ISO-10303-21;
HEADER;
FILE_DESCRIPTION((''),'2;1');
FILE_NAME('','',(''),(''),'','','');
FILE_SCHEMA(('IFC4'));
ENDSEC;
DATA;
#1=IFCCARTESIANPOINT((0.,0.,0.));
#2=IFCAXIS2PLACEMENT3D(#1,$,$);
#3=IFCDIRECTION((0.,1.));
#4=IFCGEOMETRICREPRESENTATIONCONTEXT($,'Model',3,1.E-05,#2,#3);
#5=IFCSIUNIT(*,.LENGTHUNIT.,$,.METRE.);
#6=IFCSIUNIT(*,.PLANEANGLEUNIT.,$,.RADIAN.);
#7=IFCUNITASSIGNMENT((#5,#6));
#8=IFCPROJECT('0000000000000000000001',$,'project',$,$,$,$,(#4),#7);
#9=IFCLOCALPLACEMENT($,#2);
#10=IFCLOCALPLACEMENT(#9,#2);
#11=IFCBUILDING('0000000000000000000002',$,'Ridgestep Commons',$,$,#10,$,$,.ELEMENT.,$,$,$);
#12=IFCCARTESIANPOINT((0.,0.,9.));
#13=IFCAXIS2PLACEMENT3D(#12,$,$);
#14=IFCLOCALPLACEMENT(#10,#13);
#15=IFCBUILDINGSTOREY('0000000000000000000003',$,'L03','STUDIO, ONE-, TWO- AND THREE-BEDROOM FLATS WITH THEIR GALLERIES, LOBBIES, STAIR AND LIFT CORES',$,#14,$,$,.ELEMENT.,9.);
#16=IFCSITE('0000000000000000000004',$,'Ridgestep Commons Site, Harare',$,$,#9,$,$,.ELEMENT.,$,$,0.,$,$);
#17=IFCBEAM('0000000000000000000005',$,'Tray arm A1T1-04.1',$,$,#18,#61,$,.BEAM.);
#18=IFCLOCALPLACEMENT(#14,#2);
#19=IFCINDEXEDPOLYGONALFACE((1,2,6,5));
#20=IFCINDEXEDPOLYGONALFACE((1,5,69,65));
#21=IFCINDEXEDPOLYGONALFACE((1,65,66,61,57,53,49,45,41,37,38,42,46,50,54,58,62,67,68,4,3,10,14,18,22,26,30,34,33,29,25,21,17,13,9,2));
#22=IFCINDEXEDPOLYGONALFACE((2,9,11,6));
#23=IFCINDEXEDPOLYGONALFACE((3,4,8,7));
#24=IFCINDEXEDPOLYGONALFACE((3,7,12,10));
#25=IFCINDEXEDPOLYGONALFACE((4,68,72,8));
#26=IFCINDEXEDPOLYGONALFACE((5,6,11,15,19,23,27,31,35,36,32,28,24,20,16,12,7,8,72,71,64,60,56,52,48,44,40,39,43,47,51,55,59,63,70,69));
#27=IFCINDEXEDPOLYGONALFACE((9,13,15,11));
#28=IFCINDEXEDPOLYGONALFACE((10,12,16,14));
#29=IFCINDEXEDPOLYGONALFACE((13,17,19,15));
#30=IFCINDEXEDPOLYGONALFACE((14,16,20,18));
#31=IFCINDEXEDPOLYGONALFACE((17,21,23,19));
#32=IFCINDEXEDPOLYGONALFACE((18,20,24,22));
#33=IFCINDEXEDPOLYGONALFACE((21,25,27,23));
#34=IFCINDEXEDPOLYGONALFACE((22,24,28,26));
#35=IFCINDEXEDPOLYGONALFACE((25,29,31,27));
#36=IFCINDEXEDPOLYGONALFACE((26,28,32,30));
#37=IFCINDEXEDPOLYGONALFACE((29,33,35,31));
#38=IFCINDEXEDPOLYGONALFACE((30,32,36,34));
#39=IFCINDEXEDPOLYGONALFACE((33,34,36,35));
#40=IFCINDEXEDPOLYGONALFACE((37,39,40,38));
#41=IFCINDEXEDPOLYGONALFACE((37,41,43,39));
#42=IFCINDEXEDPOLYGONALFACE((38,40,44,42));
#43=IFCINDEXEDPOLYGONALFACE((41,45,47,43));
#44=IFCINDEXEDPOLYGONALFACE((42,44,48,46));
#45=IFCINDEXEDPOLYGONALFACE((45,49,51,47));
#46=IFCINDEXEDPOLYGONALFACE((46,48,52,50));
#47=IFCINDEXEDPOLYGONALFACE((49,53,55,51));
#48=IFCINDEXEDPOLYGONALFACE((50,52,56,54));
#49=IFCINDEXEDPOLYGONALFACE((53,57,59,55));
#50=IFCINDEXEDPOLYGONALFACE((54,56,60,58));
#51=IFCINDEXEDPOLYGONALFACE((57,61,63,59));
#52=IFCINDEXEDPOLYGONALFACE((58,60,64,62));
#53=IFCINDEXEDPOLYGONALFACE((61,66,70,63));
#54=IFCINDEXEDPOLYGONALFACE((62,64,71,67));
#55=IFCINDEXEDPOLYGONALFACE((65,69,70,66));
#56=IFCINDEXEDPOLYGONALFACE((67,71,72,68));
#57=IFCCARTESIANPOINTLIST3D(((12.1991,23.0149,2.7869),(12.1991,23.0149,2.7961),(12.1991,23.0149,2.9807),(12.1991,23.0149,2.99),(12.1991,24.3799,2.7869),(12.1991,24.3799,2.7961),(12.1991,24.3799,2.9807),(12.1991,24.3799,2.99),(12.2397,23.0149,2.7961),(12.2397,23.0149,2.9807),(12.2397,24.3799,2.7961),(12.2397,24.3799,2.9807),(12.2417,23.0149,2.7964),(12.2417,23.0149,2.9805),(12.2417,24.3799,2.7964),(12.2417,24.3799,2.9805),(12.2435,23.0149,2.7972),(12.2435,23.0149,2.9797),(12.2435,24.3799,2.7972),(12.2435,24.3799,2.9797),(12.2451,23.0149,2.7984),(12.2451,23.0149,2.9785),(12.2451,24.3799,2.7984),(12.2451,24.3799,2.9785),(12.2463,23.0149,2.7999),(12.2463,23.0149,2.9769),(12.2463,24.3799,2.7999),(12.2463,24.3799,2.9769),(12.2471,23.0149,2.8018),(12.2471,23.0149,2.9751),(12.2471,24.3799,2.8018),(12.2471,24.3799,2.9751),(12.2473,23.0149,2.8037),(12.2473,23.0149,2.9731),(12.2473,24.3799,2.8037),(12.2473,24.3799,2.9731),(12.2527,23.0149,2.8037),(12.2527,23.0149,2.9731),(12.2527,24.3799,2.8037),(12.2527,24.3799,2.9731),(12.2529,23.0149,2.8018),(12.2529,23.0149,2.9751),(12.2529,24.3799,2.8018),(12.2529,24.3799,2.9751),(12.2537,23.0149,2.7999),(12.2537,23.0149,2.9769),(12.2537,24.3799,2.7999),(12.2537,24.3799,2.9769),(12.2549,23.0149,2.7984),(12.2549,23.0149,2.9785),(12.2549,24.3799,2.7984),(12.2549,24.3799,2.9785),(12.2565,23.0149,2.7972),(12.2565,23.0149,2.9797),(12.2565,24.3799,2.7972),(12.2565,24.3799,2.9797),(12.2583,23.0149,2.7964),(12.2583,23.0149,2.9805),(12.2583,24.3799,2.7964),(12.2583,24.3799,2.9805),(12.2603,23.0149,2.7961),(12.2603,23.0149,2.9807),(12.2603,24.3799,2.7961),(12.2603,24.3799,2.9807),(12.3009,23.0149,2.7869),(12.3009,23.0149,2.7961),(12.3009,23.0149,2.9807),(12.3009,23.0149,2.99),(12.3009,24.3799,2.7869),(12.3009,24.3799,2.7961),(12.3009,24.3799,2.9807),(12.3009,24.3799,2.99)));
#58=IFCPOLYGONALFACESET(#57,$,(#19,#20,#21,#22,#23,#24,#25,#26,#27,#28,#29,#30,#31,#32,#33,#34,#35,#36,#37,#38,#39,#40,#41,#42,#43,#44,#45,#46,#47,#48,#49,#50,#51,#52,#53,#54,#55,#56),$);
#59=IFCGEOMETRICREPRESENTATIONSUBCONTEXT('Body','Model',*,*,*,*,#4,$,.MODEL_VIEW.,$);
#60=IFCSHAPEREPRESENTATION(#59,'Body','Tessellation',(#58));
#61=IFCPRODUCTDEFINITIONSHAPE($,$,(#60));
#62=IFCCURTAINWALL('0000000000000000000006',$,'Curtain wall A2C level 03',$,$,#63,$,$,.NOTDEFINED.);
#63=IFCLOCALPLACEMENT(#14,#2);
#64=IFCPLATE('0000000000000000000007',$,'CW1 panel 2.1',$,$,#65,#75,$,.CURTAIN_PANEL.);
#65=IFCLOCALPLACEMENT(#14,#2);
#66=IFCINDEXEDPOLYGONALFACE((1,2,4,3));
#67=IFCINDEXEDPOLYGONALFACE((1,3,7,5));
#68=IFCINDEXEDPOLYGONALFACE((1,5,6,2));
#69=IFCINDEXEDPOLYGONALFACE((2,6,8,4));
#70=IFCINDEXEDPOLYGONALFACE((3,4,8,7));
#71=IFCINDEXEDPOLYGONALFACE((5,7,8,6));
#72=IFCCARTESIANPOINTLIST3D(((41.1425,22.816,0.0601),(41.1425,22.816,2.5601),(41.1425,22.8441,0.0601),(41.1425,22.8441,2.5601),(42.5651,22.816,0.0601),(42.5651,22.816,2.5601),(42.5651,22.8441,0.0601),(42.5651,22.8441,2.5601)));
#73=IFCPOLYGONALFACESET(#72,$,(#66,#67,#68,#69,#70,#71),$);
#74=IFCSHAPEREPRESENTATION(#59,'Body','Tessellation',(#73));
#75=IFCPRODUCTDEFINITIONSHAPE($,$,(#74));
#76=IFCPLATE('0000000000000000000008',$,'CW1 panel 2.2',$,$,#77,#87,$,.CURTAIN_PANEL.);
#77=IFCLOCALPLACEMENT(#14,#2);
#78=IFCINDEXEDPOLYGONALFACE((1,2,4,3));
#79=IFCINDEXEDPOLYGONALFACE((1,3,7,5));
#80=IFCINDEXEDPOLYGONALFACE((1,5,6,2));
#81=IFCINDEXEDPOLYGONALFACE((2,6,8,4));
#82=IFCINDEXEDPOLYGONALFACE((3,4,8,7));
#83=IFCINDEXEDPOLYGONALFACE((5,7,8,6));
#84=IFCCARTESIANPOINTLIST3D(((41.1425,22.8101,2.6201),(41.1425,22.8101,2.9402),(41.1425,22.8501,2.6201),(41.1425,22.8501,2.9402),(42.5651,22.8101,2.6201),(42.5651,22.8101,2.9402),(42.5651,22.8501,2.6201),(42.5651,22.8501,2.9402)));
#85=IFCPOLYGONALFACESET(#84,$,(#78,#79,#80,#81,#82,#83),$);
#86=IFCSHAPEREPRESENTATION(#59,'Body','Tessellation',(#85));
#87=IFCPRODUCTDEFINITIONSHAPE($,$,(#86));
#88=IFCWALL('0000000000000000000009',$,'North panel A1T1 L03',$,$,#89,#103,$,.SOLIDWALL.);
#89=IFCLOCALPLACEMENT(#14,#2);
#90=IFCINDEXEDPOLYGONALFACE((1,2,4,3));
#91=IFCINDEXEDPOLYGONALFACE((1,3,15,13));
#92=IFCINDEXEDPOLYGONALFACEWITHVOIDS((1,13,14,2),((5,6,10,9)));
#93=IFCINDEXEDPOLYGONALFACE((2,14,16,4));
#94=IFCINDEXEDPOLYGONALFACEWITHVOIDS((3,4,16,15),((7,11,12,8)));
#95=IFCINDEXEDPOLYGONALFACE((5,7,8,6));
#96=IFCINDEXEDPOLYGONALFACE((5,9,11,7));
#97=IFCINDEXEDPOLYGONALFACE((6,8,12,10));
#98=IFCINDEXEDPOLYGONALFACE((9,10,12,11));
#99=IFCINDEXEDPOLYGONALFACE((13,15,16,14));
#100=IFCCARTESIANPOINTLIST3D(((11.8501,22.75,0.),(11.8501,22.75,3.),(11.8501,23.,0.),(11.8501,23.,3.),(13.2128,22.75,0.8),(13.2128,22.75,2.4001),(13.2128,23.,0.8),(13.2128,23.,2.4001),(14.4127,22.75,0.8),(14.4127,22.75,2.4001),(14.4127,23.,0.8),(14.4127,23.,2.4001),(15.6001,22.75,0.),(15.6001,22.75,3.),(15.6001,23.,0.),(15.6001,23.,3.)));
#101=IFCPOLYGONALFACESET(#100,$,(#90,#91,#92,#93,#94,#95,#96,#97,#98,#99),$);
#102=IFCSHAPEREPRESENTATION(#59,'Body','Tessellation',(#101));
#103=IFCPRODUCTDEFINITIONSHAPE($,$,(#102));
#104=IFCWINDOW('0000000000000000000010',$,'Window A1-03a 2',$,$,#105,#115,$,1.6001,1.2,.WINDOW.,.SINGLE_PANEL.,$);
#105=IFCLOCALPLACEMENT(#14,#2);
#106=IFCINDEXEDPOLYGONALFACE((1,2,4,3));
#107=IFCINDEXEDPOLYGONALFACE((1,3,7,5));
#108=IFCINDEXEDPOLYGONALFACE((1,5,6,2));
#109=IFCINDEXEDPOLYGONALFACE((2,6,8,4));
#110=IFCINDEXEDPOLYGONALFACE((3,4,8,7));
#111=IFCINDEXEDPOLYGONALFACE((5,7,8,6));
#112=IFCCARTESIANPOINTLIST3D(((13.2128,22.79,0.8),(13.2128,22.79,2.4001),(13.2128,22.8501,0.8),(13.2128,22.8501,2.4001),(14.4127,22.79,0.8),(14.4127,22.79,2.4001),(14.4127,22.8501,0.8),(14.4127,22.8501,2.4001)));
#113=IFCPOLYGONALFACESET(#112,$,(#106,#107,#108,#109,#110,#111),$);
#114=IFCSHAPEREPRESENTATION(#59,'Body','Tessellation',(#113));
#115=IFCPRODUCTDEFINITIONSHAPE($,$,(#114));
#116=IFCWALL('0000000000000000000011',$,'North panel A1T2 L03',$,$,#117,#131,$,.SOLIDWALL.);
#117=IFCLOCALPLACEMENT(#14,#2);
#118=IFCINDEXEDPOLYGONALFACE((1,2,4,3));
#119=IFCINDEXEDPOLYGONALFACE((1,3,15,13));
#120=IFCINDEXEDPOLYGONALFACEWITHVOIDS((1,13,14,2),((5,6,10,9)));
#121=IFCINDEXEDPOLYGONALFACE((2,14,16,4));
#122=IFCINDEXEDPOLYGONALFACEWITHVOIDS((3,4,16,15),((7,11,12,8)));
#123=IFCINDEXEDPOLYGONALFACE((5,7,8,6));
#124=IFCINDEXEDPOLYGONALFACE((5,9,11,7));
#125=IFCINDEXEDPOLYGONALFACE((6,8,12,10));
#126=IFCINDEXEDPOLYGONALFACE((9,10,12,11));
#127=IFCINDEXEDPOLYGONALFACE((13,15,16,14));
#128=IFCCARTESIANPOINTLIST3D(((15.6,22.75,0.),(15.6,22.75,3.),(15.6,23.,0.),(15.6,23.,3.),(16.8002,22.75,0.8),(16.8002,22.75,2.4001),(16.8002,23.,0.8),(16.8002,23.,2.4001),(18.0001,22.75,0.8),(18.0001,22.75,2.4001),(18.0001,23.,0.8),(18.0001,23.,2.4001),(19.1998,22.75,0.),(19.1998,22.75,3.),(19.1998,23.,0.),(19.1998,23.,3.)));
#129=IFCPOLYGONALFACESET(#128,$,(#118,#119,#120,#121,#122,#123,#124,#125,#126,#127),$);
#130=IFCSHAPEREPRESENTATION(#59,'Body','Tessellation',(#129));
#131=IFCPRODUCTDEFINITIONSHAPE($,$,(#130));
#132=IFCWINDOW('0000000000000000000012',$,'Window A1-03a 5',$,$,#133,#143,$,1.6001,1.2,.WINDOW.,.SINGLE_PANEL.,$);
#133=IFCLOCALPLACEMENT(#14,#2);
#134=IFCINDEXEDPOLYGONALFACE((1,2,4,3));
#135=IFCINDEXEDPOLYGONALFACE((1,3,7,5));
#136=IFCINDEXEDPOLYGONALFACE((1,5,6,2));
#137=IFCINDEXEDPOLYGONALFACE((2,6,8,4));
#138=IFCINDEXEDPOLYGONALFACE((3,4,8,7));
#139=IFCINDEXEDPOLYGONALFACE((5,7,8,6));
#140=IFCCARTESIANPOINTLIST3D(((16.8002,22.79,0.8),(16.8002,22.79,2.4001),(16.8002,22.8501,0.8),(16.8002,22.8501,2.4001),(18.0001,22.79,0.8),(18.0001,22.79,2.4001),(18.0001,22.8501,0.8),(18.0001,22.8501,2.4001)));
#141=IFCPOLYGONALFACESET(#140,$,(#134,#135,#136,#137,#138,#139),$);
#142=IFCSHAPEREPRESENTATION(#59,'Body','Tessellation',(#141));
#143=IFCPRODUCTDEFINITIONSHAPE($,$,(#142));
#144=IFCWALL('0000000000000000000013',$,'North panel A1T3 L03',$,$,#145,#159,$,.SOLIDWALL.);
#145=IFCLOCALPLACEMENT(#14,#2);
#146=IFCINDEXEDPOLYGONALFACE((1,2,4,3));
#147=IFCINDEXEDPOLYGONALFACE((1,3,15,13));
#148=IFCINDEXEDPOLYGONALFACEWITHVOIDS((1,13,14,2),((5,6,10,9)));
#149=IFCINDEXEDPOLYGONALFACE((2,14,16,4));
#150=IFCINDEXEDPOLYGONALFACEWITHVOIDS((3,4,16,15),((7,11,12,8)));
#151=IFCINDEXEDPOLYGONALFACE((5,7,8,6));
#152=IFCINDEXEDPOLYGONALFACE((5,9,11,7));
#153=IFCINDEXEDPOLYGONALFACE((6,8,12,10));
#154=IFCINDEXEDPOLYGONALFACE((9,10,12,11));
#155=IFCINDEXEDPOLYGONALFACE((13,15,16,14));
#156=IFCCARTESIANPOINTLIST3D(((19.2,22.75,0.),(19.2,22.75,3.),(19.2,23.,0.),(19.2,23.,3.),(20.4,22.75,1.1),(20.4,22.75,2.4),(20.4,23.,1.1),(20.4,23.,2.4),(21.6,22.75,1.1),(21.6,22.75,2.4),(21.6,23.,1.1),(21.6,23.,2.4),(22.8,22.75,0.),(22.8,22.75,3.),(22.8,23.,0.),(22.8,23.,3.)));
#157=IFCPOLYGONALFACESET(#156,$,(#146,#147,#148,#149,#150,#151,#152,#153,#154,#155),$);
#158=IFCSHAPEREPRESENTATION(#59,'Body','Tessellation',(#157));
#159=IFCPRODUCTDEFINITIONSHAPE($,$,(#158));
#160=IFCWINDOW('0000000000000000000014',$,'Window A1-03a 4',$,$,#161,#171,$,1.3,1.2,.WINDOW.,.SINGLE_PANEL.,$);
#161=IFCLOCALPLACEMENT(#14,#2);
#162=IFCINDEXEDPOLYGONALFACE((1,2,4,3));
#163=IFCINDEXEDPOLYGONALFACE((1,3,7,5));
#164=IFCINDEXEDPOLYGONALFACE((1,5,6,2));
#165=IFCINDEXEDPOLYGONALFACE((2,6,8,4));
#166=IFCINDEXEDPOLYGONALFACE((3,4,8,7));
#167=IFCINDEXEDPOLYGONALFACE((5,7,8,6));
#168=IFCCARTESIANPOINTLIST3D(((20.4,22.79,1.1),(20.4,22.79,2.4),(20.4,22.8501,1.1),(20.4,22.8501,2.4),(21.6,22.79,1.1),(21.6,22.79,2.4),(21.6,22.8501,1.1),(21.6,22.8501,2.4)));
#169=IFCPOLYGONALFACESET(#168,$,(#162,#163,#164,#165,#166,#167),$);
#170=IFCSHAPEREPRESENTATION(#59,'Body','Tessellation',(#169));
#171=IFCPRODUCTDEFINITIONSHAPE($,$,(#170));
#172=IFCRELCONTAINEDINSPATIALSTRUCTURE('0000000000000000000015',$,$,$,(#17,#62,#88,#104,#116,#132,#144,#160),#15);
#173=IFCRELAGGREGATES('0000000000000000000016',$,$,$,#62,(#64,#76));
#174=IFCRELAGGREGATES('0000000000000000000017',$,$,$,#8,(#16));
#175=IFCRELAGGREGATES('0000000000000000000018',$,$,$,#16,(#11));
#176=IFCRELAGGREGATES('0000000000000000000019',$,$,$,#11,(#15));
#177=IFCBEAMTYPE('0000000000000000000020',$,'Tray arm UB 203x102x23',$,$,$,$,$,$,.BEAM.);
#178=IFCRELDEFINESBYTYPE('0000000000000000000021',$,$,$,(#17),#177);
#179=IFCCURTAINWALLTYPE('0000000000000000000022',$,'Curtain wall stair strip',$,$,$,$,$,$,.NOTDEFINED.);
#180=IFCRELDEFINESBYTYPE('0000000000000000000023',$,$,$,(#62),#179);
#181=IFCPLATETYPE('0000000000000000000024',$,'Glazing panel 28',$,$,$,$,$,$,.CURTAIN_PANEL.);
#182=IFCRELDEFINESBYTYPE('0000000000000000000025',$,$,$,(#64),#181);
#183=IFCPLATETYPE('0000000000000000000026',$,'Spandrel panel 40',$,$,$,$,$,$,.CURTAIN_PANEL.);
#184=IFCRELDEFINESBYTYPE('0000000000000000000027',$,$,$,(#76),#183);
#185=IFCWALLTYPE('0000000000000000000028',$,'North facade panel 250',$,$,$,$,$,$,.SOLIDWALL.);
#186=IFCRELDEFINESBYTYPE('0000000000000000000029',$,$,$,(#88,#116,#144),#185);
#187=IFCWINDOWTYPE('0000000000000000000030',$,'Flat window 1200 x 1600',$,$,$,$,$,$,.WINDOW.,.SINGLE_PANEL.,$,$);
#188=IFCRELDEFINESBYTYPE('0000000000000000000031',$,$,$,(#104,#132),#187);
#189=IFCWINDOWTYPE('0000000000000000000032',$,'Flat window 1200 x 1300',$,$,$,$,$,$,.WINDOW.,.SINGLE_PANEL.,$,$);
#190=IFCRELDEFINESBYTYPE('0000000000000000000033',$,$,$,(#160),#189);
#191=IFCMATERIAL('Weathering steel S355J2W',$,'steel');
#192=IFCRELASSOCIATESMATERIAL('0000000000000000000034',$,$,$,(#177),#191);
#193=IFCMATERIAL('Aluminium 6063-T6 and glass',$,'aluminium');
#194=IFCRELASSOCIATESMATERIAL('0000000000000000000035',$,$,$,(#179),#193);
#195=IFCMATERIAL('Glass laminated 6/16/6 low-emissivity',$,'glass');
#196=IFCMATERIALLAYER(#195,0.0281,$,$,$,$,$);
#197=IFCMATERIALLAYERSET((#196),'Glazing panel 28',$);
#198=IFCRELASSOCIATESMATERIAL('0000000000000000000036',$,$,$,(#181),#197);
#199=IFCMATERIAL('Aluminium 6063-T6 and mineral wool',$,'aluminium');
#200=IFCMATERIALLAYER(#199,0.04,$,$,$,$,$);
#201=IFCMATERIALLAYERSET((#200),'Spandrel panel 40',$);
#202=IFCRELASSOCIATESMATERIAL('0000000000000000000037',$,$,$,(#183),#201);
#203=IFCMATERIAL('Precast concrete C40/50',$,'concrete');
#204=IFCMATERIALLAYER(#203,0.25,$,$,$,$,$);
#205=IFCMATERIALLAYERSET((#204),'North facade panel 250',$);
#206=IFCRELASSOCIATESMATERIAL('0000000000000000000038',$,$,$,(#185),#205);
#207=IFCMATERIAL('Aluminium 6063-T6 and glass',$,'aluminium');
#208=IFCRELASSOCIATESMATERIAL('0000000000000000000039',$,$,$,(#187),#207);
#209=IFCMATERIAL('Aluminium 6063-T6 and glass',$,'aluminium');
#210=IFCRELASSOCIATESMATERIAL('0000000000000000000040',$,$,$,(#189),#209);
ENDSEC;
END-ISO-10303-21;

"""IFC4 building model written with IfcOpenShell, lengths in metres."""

from ifc_helpers import new_model, si_unit, direction, frame, frame_2d, origin, origin_2d, place, context, subcontext, project, spatial, rectangle, i_section, extrude, material, layer, layer_set, material_profile, profile_set, type_object, element, fill, aggregate, save


model = new_model("IFC4")

# Units and contexts
model_context = context("Model", 3, precision=1e-05, world=origin(), true_north=direction((0.0, 1.0)))
body_context = subcontext(model_context, "Body", "Model", "MODEL_VIEW")
ifc_project = project(units=[si_unit("LENGTHUNIT", "METRE"), si_unit("PLANEANGLEUNIT", "RADIAN")], contexts=[model_context])

# Site, building, storey
site_placement = place(None, origin())
site = spatial("IfcSite", under=ifc_project, at=site_placement, Name="Ridgestep Commons Site, Harare", CompositionType="ELEMENT", RefElevation=0.0)
building_placement = place(site_placement, origin())
building = spatial("IfcBuilding", under=site, at=building_placement, Name="Ridgestep Commons", CompositionType="ELEMENT")
storey_placement = place(building_placement, frame((0.0, 0.0, 9.0)))
storey = spatial("IfcBuildingStorey", under=building, at=storey_placement, Name="L03", Description="STUDIO, ONE-, TWO- AND THREE-BEDROOM FLATS WITH THEIR GALLERIES, LOBBIES, STAIR AND LIFT CORES", CompositionType="ELEMENT", Elevation=9.0)

# Beam
ifc_material_1 = material(Name="Weathering steel S355J2W", Category="steel")
ifc_material_profile = material_profile(ifc_material_1, i_section(OverallWidth=0.1018, OverallDepth=0.2031, WebThickness=0.0054, FlangeThickness=0.0093, FilletRadius=0.0076, at=origin_2d()), Name="UB 203x102x23")
ifc_profile_set = profile_set([ifc_material_profile], Name="Weathering steel S355J2W")
beam_type = type_object("IfcBeamType", Name="Tray arm UB 203x102x23", PredefinedType="BEAM", material=ifc_profile_set)
beam_placement = place(storey_placement, frame((12.25, 23.0149, 2.8884), z_axis=(0.0, 1.0, 0.0), x_axis=(-1.0, 0.0, 0.0)))
element("IfcBeam", 1, at=beam_placement, inside=storey, type_object=beam_type, Name="Tray arm A1T1-04.1", PredefinedType="BEAM", context=body_context, shape_type="SweptSolid", body=[
    extrude(i_section(OverallWidth=0.1018, OverallDepth=0.2031, WebThickness=0.0054, FlangeThickness=0.0093, FilletRadius=0.0076, at=origin_2d()), origin(), (0.0, 0.0, 1.0), 1.365),
])

# Curtain wall, plates
ifc_material_2 = material(Name="Aluminium 6063-T6 and glass", Category="aluminium")
curtain_wall_type = type_object("IfcCurtainWallType", Name="Curtain wall stair strip", PredefinedType="NOTDEFINED", material=ifc_material_2)
curtain_wall_placement = place(storey_placement, origin())
curtain_wall = element("IfcCurtainWall", 2, at=curtain_wall_placement, inside=storey, type_object=curtain_wall_type, Name="Curtain wall A2C level 03", PredefinedType="NOTDEFINED")
ifc_material_3 = material(Name="Glass laminated 6/16/6 low-emissivity", Category="glass")
ifc_layer_1 = layer(ifc_material_3, 0.0281)
ifc_layer_set_1 = layer_set([ifc_layer_1], Name="Glazing panel 28")
plate_type_1 = type_object("IfcPlateType", Name="Glazing panel 28", PredefinedType="CURTAIN_PANEL", material=ifc_layer_set_1)
plate_1_placement = place(storey_placement, frame((41.8538, 22.8301, 0.0601), z_axis=(0.0, 0.0, 1.0), x_axis=(1.0, 0.0, 0.0)))
plate_1 = element("IfcPlate", 3, at=plate_1_placement, type_object=plate_type_1, Name="CW1 panel 2.1", PredefinedType="CURTAIN_PANEL", context=body_context, shape_type="SweptSolid", body=[
    extrude(rectangle(XDim=1.4226, YDim=0.0281, at=origin_2d()), origin(), (0.0, 0.0, 1.0), 2.5),
])
ifc_material_4 = material(Name="Aluminium 6063-T6 and mineral wool", Category="aluminium")
ifc_layer_2 = layer(ifc_material_4, 0.04)
ifc_layer_set_2 = layer_set([ifc_layer_2], Name="Spandrel panel 40")
plate_type_2 = type_object("IfcPlateType", Name="Spandrel panel 40", PredefinedType="CURTAIN_PANEL", material=ifc_layer_set_2)
plate_2_placement = place(storey_placement, frame((41.8538, 22.8301, 2.6201), z_axis=(0.0, 0.0, 1.0), x_axis=(1.0, 0.0, 0.0)))
plate_2 = element("IfcPlate", 4, at=plate_2_placement, type_object=plate_type_2, Name="CW1 panel 2.2", PredefinedType="CURTAIN_PANEL", context=body_context, shape_type="SweptSolid", body=[
    extrude(rectangle(XDim=1.4226, YDim=0.04, at=origin_2d()), origin(), (0.0, 0.0, 1.0), 0.3201),
])
aggregate(curtain_wall, [plate_1, plate_2])

# Walls, openings, windows
ifc_material_5 = material(Name="Precast concrete C40/50", Category="concrete")
ifc_layer_3 = layer(ifc_material_5, 0.25)
ifc_layer_set_3 = layer_set([ifc_layer_3], Name="North facade panel 250")
wall_type = type_object("IfcWallType", Name="North facade panel 250", PredefinedType="SOLIDWALL", material=ifc_layer_set_3)
wall_1_placement = place(storey_placement, frame((11.8501, 22.875, 0.0), z_axis=(0.0, 0.0, 1.0), x_axis=(1.0, 0.0, 0.0)))
wall_1 = element("IfcWall", 5, at=wall_1_placement, inside=storey, type_object=wall_type, Name="North panel A1T1 L03", PredefinedType="SOLIDWALL", context=body_context, shape_type="SweptSolid", body=[
    extrude(rectangle(XDim=3.75, YDim=0.25, at=frame_2d((1.875, 0.0))), origin(), (0.0, 0.0, 1.0), 3.0),
])
opening_1_placement = place(wall_1_placement, frame((1.3625, 0.0, 0.8)))
opening_1 = element("IfcOpeningElement", 6, at=opening_1_placement, cuts=wall_1, PredefinedType="OPENING", context=body_context, shape_type="SweptSolid", body=[
    extrude(rectangle(XDim=1.2, YDim=1.6001, at=frame_2d((0.6001, 0.8))), frame((0.0, 0.135, 0.0), z_axis=(0.0, -1.0, 0.0), x_axis=(1.0, 0.0, 0.0)), (0.0, 0.0, 1.0), 0.27),
])
ifc_material_6 = material(Name="Aluminium 6063-T6 and glass", Category="aluminium")
window_type_1 = type_object("IfcWindowType", Name="Flat window 1200 x 1600", PartitioningType="SINGLE_PANEL", PredefinedType="WINDOW", material=ifc_material_6)
window_1_placement = place(opening_1_placement, origin())
window_1 = element("IfcWindow", 7, at=window_1_placement, inside=storey, type_object=window_type_1, Name="Window A1-03a 2", OverallHeight=1.6001, OverallWidth=1.2, PartitioningType="SINGLE_PANEL", PredefinedType="WINDOW", context=body_context, shape_type="SweptSolid", body=[
    extrude(rectangle(XDim=1.2, YDim=1.6001, at=frame_2d((0.6001, 0.8))), frame((0.0, -0.0249, 0.0), z_axis=(0.0, -1.0, 0.0), x_axis=(1.0, 0.0, 0.0)), (0.0, 0.0, 1.0), 0.0601),
])
fill(opening_1, window_1)
wall_2_placement = place(storey_placement, frame((15.6001, 22.875, 0.0), z_axis=(0.0, 0.0, 1.0), x_axis=(1.0, 0.0, 0.0)))
wall_2 = element("IfcWall", 8, at=wall_2_placement, inside=storey, type_object=wall_type, Name="North panel A1T2 L03", PredefinedType="SOLIDWALL", context=body_context, shape_type="SweptSolid", body=[
    extrude(rectangle(XDim=3.5999, YDim=0.25, at=frame_2d((1.7998, 0.0))), origin(), (0.0, 0.0, 1.0), 3.0),
])
opening_2_placement = place(wall_2_placement, frame((1.2, 0.0, 0.8)))
opening_2 = element("IfcOpeningElement", 9, at=opening_2_placement, cuts=wall_2, PredefinedType="OPENING", context=body_context, shape_type="SweptSolid", body=[
    extrude(rectangle(XDim=1.2, YDim=1.6001, at=frame_2d((0.6001, 0.8))), frame((0.0, 0.135, 0.0), z_axis=(0.0, -1.0, 0.0), x_axis=(1.0, 0.0, 0.0)), (0.0, 0.0, 1.0), 0.27),
])
window_2_placement = place(opening_2_placement, origin())
window_2 = element("IfcWindow", 10, at=window_2_placement, inside=storey, type_object=window_type_1, Name="Window A1-03a 5", OverallHeight=1.6001, OverallWidth=1.2, PartitioningType="SINGLE_PANEL", PredefinedType="WINDOW", context=body_context, shape_type="SweptSolid", body=[
    extrude(rectangle(XDim=1.2, YDim=1.6001, at=frame_2d((0.6001, 0.8))), frame((0.0, -0.0249, 0.0), z_axis=(0.0, -1.0, 0.0), x_axis=(1.0, 0.0, 0.0)), (0.0, 0.0, 1.0), 0.0601),
])
fill(opening_2, window_2)
wall_3_placement = place(storey_placement, frame((19.2, 22.875, 0.0), z_axis=(0.0, 0.0, 1.0), x_axis=(1.0, 0.0, 0.0)))
wall_3 = element("IfcWall", 11, at=wall_3_placement, inside=storey, type_object=wall_type, Name="North panel A1T3 L03", PredefinedType="SOLIDWALL", context=body_context, shape_type="SweptSolid", body=[
    extrude(rectangle(XDim=3.6001, YDim=0.25, at=frame_2d((1.8, 0.0))), origin(), (0.0, 0.0, 1.0), 3.0),
])
opening_3_placement = place(wall_3_placement, frame((1.2, 0.0, 1.1001)))
opening_3 = element("IfcOpeningElement", 12, at=opening_3_placement, cuts=wall_3, PredefinedType="OPENING", context=body_context, shape_type="SweptSolid", body=[
    extrude(rectangle(XDim=1.2, YDim=1.3, at=frame_2d((0.6001, 0.6499))), frame((0.0, 0.135, 0.0), z_axis=(0.0, -1.0, 0.0), x_axis=(1.0, 0.0, 0.0)), (0.0, 0.0, 1.0), 0.27),
])
ifc_material_7 = material(Name="Aluminium 6063-T6 and glass", Category="aluminium")
window_type_2 = type_object("IfcWindowType", Name="Flat window 1200 x 1300", PartitioningType="SINGLE_PANEL", PredefinedType="WINDOW", material=ifc_material_7)
window_3_placement = place(opening_3_placement, origin())
window_3 = element("IfcWindow", 13, at=window_3_placement, inside=storey, type_object=window_type_2, Name="Window A1-03a 4", OverallHeight=1.3, OverallWidth=1.2, PartitioningType="SINGLE_PANEL", PredefinedType="WINDOW", context=body_context, shape_type="SweptSolid", body=[
    extrude(rectangle(XDim=1.2, YDim=1.3, at=frame_2d((0.6001, 0.6499))), frame((0.0, -0.0249, 0.0), z_axis=(0.0, -1.0, 0.0), x_axis=(1.0, 0.0, 0.0)), (0.0, 0.0, 1.0), 0.0601),
])
fill(opening_3, window_3)

save(model, "model.ifc")
